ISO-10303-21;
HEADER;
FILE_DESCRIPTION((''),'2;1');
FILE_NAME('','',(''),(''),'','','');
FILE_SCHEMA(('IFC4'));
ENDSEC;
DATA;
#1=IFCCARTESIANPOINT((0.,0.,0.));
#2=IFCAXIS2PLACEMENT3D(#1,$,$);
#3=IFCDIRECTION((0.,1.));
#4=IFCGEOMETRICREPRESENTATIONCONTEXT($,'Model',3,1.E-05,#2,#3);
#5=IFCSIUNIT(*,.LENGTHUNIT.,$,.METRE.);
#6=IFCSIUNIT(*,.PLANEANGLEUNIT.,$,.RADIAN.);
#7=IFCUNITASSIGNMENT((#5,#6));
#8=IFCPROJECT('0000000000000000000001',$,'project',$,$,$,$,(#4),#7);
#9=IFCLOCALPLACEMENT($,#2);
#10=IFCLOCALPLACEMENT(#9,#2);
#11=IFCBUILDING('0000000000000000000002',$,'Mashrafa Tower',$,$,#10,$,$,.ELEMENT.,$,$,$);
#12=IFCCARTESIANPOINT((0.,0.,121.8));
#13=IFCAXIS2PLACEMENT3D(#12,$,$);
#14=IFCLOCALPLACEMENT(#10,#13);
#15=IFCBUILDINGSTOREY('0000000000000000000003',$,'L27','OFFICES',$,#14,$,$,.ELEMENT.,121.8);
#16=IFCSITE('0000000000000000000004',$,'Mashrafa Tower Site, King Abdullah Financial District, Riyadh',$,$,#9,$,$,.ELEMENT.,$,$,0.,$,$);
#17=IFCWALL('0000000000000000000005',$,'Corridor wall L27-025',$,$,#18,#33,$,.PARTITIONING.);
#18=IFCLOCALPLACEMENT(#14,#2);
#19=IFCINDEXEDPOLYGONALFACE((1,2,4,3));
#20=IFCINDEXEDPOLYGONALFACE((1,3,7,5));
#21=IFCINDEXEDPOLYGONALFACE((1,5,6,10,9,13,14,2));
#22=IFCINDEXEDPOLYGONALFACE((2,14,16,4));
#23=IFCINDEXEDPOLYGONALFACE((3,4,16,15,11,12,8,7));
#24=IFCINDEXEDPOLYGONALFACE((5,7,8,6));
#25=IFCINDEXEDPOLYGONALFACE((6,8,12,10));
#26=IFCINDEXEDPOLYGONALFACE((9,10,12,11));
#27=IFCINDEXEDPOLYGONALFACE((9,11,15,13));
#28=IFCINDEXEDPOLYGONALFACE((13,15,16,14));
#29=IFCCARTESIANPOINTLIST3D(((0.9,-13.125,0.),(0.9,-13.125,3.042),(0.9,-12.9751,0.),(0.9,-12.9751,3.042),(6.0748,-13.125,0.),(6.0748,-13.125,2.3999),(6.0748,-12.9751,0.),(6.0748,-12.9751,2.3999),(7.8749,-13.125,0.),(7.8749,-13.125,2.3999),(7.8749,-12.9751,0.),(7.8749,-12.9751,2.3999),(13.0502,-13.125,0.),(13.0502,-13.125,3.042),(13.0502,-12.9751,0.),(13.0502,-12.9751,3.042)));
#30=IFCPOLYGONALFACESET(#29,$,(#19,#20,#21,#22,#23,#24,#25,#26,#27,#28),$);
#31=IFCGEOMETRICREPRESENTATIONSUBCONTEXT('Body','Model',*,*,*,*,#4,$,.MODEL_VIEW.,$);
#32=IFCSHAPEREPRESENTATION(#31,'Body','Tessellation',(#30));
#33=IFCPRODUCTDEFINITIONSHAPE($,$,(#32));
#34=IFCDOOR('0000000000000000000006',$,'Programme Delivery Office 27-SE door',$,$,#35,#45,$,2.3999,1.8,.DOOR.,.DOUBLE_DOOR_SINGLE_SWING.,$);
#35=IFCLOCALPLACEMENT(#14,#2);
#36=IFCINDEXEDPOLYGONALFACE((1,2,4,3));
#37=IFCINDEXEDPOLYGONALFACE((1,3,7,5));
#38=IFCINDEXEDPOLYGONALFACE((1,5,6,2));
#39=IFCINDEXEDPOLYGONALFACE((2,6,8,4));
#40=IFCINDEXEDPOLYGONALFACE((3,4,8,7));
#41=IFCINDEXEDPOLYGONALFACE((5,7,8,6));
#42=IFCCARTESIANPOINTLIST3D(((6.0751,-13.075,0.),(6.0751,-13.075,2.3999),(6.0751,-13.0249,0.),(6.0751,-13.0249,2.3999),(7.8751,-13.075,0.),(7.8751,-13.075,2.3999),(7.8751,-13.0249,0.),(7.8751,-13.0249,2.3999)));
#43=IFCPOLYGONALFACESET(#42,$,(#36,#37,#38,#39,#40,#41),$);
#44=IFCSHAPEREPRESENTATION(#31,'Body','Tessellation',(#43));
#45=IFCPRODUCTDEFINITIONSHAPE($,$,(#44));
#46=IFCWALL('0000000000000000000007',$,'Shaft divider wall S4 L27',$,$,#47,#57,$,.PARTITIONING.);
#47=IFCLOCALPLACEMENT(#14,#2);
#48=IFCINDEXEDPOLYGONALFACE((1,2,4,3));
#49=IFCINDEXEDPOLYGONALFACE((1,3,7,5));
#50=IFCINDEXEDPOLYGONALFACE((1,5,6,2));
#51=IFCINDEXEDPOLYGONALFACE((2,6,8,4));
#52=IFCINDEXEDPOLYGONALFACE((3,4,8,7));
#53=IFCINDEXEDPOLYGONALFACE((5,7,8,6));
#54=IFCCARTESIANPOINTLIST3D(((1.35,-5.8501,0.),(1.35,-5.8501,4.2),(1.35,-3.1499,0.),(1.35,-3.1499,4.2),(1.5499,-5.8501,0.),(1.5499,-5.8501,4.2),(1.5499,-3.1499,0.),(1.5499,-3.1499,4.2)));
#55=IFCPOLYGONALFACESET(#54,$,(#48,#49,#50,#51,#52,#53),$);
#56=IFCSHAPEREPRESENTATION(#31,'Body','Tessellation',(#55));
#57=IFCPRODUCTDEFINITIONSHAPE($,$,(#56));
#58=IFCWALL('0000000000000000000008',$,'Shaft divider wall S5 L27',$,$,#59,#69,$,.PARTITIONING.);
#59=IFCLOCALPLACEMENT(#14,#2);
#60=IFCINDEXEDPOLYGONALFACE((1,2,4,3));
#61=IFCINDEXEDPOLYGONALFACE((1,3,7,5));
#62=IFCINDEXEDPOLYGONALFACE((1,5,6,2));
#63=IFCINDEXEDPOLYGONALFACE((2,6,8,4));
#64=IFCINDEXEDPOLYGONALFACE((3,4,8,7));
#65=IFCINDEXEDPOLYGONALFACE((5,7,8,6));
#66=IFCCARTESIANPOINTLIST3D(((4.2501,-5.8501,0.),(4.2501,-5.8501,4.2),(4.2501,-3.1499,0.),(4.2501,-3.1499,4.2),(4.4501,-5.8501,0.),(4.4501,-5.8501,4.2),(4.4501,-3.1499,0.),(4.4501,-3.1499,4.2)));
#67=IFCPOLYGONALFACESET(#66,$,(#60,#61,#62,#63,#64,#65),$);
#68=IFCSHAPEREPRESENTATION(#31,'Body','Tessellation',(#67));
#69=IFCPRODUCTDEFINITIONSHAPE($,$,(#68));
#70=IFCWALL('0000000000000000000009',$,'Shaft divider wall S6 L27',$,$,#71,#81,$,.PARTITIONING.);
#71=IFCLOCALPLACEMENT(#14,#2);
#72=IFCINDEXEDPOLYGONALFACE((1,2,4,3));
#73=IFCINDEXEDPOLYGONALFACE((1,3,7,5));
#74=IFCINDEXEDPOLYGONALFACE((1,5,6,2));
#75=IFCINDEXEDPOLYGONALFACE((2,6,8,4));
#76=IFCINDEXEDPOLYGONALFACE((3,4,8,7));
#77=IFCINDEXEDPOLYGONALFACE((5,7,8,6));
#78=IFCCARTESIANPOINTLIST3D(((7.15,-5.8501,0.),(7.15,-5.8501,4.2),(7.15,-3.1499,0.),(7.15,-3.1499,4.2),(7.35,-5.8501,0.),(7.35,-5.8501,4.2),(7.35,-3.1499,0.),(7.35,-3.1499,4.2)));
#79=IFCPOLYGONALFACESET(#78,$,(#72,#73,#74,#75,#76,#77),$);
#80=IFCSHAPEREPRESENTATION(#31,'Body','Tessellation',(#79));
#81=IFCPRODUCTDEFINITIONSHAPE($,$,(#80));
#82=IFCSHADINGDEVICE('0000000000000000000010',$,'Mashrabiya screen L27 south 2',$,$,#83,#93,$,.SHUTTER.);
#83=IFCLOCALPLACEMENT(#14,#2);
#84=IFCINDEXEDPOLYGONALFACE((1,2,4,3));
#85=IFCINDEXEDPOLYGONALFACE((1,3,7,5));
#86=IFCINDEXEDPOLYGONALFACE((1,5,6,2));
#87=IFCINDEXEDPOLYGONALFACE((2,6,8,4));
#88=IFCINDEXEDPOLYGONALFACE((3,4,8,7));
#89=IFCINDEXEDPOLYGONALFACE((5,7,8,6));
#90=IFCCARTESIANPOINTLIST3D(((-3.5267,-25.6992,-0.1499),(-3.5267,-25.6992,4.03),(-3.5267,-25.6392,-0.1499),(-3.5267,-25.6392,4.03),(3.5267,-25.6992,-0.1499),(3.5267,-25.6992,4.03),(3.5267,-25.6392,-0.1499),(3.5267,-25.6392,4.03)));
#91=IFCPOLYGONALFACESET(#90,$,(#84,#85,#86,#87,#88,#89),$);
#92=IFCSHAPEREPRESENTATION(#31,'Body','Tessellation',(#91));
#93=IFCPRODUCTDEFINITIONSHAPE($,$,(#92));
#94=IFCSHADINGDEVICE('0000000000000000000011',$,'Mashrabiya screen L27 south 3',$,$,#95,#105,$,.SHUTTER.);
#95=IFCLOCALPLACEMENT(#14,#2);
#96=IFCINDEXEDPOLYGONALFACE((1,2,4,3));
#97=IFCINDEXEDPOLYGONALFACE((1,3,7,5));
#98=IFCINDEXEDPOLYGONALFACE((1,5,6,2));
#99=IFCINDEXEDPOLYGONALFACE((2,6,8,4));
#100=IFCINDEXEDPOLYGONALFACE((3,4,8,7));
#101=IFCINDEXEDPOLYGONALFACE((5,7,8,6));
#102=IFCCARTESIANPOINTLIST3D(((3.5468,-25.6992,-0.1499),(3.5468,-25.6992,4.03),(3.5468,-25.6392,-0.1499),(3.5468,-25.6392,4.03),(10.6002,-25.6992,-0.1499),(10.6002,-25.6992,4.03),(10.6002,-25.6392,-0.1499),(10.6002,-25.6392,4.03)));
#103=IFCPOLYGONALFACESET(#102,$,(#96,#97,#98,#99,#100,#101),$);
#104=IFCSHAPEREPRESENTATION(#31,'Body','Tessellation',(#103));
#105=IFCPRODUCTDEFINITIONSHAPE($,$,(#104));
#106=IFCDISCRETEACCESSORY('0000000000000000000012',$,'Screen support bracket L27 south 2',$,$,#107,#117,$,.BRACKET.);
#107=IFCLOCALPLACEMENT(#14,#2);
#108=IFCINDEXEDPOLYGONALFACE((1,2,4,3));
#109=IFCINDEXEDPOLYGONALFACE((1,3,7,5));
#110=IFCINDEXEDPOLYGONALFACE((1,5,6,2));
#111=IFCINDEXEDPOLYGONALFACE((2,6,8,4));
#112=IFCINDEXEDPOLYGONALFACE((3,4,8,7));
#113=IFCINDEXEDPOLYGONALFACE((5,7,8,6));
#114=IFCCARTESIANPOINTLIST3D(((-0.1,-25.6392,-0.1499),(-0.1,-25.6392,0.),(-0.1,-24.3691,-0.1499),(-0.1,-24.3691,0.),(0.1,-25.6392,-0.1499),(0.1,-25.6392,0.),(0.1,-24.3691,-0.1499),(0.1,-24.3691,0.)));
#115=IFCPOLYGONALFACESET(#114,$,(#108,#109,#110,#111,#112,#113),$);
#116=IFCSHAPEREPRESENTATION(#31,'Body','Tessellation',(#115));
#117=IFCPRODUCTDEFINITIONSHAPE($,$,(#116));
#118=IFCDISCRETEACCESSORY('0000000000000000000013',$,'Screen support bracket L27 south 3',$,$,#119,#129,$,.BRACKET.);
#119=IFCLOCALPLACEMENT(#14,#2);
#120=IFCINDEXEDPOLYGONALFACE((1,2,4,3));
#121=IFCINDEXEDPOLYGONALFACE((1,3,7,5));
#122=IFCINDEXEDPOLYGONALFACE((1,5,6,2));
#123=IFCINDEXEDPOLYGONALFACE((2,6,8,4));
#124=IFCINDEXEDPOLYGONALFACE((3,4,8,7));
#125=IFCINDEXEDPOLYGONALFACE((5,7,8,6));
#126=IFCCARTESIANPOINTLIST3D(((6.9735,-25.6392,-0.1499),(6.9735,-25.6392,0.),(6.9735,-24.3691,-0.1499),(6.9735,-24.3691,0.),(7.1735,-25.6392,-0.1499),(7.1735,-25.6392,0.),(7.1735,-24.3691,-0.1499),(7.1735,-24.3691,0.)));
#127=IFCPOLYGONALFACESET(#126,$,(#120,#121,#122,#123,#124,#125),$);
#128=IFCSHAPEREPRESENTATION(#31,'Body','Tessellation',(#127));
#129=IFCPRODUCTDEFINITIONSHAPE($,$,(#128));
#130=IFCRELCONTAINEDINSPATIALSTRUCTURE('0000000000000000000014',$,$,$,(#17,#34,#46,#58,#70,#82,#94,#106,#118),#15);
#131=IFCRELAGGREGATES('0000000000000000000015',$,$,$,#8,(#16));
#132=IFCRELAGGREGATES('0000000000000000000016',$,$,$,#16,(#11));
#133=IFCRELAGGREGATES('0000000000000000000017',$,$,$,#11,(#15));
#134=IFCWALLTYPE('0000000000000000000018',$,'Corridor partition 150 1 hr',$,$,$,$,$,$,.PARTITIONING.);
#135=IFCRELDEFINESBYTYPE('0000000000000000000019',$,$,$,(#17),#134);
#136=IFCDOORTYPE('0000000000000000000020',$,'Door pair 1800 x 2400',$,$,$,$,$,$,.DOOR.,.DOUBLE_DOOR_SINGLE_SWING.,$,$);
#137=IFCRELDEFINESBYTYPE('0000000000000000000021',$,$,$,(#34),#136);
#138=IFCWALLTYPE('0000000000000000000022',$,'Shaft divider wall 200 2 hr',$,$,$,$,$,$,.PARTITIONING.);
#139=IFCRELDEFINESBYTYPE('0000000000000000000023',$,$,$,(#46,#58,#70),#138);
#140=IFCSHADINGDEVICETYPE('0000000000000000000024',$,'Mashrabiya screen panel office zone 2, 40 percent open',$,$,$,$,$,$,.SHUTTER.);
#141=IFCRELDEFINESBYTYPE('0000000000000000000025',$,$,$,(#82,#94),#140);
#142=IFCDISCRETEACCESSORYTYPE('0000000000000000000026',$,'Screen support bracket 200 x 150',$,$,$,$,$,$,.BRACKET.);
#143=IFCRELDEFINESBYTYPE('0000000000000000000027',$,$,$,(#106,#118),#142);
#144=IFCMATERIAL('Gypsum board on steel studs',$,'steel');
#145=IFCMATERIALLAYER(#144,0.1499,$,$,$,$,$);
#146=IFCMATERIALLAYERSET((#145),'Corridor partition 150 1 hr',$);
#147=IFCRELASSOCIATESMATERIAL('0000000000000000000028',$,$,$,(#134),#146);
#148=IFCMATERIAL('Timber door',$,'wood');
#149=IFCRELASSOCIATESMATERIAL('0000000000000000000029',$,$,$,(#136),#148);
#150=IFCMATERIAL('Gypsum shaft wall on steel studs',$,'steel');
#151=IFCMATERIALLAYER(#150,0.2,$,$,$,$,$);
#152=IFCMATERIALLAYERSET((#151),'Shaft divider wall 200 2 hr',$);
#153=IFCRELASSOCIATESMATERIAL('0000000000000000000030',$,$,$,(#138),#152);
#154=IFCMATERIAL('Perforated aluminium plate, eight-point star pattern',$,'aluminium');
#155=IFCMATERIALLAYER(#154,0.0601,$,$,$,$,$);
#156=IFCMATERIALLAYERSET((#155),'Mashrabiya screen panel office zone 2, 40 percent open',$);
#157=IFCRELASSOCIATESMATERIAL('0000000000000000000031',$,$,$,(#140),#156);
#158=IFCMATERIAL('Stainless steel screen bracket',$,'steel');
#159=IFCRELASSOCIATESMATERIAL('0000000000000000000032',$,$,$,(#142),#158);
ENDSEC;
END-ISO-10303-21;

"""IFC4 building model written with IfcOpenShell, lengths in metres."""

from ifc_helpers import new_model, si_unit, direction, frame, frame_2d, origin, origin_2d, place, context, subcontext, project, spatial, rectangle, extrude, source, transform, mapped, material, layer, layer_set, type_object, type_shapes, element, fill, save


model = new_model("IFC4")

# Units and contexts
model_context = context("Model", 3, precision=1e-05, world=origin(), true_north=direction((0.0, 1.0)))
body_context = subcontext(model_context, "Body", "Model", "MODEL_VIEW")
ifc_project = project(units=[si_unit("LENGTHUNIT", "METRE"), si_unit("PLANEANGLEUNIT", "RADIAN")], contexts=[model_context])

# Site, building, storey
site_placement = place(None, origin())
site = spatial("IfcSite", under=ifc_project, at=site_placement, Name="Mashrafa Tower Site, King Abdullah Financial District, Riyadh", CompositionType="ELEMENT", RefElevation=0.0)
building_placement = place(site_placement, origin())
building = spatial("IfcBuilding", under=site, at=building_placement, Name="Mashrafa Tower", CompositionType="ELEMENT")
storey_placement = place(building_placement, frame((0.0, 0.0, 121.8)))
storey = spatial("IfcBuildingStorey", under=building, at=storey_placement, Name="L27", Description="OFFICES", CompositionType="ELEMENT", Elevation=121.8)

# Shared definitions
ifc_material_1 = material(Name="Gypsum board on steel studs", Category="steel")
ifc_layer_1 = layer(ifc_material_1, 0.1499)
ifc_layer_set_1 = layer_set([ifc_layer_1], Name="Corridor partition 150 1 hr")
wall_type_1 = type_object("IfcWallType", Name="Corridor partition 150 1 hr", PredefinedType="PARTITIONING", material=ifc_layer_set_1)

# Wall, opening, door
wall_1_placement = place(storey_placement, frame((0.8999, -13.05, 0.0), z_axis=(0.0, 0.0, 1.0), x_axis=(1.0, 0.0, 0.0)))
wall_1 = element("IfcWall", 1, at=wall_1_placement, inside=storey, type_object=wall_type_1, Name="Corridor wall L27-025", PredefinedType="PARTITIONING", context=body_context, shape_type="SweptSolid", body=[
    extrude(rectangle(XDim=12.1501, YDim=0.1499, at=frame_2d((6.0752, 0.0))), origin(), (0.0, 0.0, 1.0), 3.042),
])
opening_1_placement = place(wall_1_placement, frame((5.175, 0.0, 0.0)))
opening_1 = element("IfcOpeningElement", 2, at=opening_1_placement, cuts=wall_1, PredefinedType="OPENING", context=body_context, shape_type="SweptSolid", body=[
    extrude(rectangle(XDim=1.8, YDim=2.3999, at=frame_2d((0.8999, 1.2))), frame((0.0, 0.085, 0.0), z_axis=(0.0, -1.0, 0.0), x_axis=(1.0, 0.0, 0.0)), (0.0, 0.0, 1.0), 0.1699),
])
ifc_material_2 = material(Name="Timber door", Category="wood")
door_type_1 = type_object("IfcDoorType", Name="Door pair 1800 x 2400", OperationType="DOUBLE_DOOR_SINGLE_SWING", PredefinedType="DOOR", material=ifc_material_2)
door_1_placement = place(opening_1_placement, frame((1.8, 0.0, 0.0), z_axis=(0.0, 0.0, 1.0), x_axis=(-1.0, 0.0, 0.0)))
door_1 = element("IfcDoor", 3, at=door_1_placement, inside=storey, type_object=door_type_1, Name="Programme Delivery Office 27-SE door", OperationType="DOUBLE_DOOR_SINGLE_SWING", OverallHeight=2.3999, OverallWidth=1.8, PredefinedType="DOOR", context=body_context, shape_type="SweptSolid", body=[
    extrude(rectangle(XDim=1.8, YDim=2.3999, at=frame_2d((0.8999, 1.2))), frame((0.0, 0.0249, 0.0), z_axis=(0.0, -1.0, 0.0), x_axis=(1.0, 0.0, 0.0)), (0.0, 0.0, 1.0), 0.05),
])
fill(opening_1, door_1)

# Walls
ifc_material_3 = material(Name="Gypsum shaft wall on steel studs", Category="steel")
ifc_layer_2 = layer(ifc_material_3, 0.2)
ifc_layer_set_2 = layer_set([ifc_layer_2], Name="Shaft divider wall 200 2 hr")
wall_type_2 = type_object("IfcWallType", Name="Shaft divider wall 200 2 hr", PredefinedType="PARTITIONING", material=ifc_layer_set_2)
for number, where, z_axis, x_axis, name in (
    (4, (1.45, -5.8501, 0.0), (0.0, 0.0, 1.0), (0.0, 1.0, 0.0), "Shaft divider wall S4 L27"),
    (5, (4.3501, -5.8501, 0.0), (0.0, 0.0, 1.0), (0.0, 1.0, 0.0), "Shaft divider wall S5 L27"),
    (6, (7.25, -5.8501, 0.0), (0.0, 0.0, 1.0), (0.0, 1.0, 0.0), "Shaft divider wall S6 L27"),
):
    element("IfcWall", number, at=place(storey_placement, frame(where, z_axis=z_axis, x_axis=x_axis)), inside=storey, type_object=wall_type_2, Name=name, PredefinedType="PARTITIONING", context=body_context, shape_type="SweptSolid", body=[
        extrude(rectangle(XDim=2.7002, YDim=0.2, at=frame_2d((1.3501, 0.0))), origin(), (0.0, 0.0, 1.0), 4.2),
    ])

# Shading devices
ifc_material_4 = material(Name="Perforated aluminium plate, eight-point star pattern", Category="aluminium")
ifc_layer_3 = layer(ifc_material_4, 0.0601)
ifc_layer_set_3 = layer_set([ifc_layer_3], Name="Mashrabiya screen panel office zone 2, 40 percent open")
shading_device_type = type_object("IfcShadingDeviceType", Name="Mashrabiya screen panel office zone 2, 40 percent open", PredefinedType="SHUTTER", material=ifc_layer_set_3)
shared_shape_1 = source(origin(), body_context, "Body", "SweptSolid", [
    extrude(rectangle(XDim=7.0535, YDim=0.0601, at=origin_2d()), origin(), (0.0, 0.0, 1.0), 4.1799),
])
type_shapes(shading_device_type, [shared_shape_1])
for number, where, z_axis, x_axis, name in (
    (7, (0.0, -25.6692, -0.1499), (0.0, 0.0, 1.0), (1.0, 0.0, 0.0), "Mashrabiya screen L27 south 2"),
    (8, (7.0735, -25.6692, -0.1499), (0.0, 0.0, 1.0), (1.0, 0.0, 0.0), "Mashrabiya screen L27 south 3"),
):
    element("IfcShadingDevice", number, at=place(storey_placement, frame(where, z_axis=z_axis, x_axis=x_axis)), inside=storey, type_object=shading_device_type, Name=name, PredefinedType="SHUTTER", context=body_context, shape_type="MappedRepresentation", body=[
        mapped(shared_shape_1, transform((0.0, 0.0, 0.0))),
    ])

# Discrete accessories
ifc_material_5 = material(Name="Stainless steel screen bracket", Category="steel")
discrete_accessory_type = type_object("IfcDiscreteAccessoryType", Name="Screen support bracket 200 x 150", PredefinedType="BRACKET", material=ifc_material_5)
shared_shape_2 = source(origin(), body_context, "Body", "SweptSolid", [
    extrude(rectangle(XDim=0.2, YDim=1.27, at=origin_2d()), origin(), (0.0, 0.0, 1.0), 0.1499),
])
type_shapes(discrete_accessory_type, [shared_shape_2])
for number, where, z_axis, x_axis, name in (
    (9, (0.0, -25.0042, -0.1499), (0.0, 0.0, 1.0), (1.0, 0.0, 0.0), "Screen support bracket L27 south 2"),
    (10, (7.0735, -25.0042, -0.1499), (0.0, 0.0, 1.0), (1.0, 0.0, 0.0), "Screen support bracket L27 south 3"),
):
    element("IfcDiscreteAccessory", number, at=place(storey_placement, frame(where, z_axis=z_axis, x_axis=x_axis)), inside=storey, type_object=discrete_accessory_type, Name=name, PredefinedType="BRACKET", context=body_context, shape_type="MappedRepresentation", body=[
        mapped(shared_shape_2, transform((0.0, 0.0, 0.0))),
    ])

save(model, "model.ifc")
